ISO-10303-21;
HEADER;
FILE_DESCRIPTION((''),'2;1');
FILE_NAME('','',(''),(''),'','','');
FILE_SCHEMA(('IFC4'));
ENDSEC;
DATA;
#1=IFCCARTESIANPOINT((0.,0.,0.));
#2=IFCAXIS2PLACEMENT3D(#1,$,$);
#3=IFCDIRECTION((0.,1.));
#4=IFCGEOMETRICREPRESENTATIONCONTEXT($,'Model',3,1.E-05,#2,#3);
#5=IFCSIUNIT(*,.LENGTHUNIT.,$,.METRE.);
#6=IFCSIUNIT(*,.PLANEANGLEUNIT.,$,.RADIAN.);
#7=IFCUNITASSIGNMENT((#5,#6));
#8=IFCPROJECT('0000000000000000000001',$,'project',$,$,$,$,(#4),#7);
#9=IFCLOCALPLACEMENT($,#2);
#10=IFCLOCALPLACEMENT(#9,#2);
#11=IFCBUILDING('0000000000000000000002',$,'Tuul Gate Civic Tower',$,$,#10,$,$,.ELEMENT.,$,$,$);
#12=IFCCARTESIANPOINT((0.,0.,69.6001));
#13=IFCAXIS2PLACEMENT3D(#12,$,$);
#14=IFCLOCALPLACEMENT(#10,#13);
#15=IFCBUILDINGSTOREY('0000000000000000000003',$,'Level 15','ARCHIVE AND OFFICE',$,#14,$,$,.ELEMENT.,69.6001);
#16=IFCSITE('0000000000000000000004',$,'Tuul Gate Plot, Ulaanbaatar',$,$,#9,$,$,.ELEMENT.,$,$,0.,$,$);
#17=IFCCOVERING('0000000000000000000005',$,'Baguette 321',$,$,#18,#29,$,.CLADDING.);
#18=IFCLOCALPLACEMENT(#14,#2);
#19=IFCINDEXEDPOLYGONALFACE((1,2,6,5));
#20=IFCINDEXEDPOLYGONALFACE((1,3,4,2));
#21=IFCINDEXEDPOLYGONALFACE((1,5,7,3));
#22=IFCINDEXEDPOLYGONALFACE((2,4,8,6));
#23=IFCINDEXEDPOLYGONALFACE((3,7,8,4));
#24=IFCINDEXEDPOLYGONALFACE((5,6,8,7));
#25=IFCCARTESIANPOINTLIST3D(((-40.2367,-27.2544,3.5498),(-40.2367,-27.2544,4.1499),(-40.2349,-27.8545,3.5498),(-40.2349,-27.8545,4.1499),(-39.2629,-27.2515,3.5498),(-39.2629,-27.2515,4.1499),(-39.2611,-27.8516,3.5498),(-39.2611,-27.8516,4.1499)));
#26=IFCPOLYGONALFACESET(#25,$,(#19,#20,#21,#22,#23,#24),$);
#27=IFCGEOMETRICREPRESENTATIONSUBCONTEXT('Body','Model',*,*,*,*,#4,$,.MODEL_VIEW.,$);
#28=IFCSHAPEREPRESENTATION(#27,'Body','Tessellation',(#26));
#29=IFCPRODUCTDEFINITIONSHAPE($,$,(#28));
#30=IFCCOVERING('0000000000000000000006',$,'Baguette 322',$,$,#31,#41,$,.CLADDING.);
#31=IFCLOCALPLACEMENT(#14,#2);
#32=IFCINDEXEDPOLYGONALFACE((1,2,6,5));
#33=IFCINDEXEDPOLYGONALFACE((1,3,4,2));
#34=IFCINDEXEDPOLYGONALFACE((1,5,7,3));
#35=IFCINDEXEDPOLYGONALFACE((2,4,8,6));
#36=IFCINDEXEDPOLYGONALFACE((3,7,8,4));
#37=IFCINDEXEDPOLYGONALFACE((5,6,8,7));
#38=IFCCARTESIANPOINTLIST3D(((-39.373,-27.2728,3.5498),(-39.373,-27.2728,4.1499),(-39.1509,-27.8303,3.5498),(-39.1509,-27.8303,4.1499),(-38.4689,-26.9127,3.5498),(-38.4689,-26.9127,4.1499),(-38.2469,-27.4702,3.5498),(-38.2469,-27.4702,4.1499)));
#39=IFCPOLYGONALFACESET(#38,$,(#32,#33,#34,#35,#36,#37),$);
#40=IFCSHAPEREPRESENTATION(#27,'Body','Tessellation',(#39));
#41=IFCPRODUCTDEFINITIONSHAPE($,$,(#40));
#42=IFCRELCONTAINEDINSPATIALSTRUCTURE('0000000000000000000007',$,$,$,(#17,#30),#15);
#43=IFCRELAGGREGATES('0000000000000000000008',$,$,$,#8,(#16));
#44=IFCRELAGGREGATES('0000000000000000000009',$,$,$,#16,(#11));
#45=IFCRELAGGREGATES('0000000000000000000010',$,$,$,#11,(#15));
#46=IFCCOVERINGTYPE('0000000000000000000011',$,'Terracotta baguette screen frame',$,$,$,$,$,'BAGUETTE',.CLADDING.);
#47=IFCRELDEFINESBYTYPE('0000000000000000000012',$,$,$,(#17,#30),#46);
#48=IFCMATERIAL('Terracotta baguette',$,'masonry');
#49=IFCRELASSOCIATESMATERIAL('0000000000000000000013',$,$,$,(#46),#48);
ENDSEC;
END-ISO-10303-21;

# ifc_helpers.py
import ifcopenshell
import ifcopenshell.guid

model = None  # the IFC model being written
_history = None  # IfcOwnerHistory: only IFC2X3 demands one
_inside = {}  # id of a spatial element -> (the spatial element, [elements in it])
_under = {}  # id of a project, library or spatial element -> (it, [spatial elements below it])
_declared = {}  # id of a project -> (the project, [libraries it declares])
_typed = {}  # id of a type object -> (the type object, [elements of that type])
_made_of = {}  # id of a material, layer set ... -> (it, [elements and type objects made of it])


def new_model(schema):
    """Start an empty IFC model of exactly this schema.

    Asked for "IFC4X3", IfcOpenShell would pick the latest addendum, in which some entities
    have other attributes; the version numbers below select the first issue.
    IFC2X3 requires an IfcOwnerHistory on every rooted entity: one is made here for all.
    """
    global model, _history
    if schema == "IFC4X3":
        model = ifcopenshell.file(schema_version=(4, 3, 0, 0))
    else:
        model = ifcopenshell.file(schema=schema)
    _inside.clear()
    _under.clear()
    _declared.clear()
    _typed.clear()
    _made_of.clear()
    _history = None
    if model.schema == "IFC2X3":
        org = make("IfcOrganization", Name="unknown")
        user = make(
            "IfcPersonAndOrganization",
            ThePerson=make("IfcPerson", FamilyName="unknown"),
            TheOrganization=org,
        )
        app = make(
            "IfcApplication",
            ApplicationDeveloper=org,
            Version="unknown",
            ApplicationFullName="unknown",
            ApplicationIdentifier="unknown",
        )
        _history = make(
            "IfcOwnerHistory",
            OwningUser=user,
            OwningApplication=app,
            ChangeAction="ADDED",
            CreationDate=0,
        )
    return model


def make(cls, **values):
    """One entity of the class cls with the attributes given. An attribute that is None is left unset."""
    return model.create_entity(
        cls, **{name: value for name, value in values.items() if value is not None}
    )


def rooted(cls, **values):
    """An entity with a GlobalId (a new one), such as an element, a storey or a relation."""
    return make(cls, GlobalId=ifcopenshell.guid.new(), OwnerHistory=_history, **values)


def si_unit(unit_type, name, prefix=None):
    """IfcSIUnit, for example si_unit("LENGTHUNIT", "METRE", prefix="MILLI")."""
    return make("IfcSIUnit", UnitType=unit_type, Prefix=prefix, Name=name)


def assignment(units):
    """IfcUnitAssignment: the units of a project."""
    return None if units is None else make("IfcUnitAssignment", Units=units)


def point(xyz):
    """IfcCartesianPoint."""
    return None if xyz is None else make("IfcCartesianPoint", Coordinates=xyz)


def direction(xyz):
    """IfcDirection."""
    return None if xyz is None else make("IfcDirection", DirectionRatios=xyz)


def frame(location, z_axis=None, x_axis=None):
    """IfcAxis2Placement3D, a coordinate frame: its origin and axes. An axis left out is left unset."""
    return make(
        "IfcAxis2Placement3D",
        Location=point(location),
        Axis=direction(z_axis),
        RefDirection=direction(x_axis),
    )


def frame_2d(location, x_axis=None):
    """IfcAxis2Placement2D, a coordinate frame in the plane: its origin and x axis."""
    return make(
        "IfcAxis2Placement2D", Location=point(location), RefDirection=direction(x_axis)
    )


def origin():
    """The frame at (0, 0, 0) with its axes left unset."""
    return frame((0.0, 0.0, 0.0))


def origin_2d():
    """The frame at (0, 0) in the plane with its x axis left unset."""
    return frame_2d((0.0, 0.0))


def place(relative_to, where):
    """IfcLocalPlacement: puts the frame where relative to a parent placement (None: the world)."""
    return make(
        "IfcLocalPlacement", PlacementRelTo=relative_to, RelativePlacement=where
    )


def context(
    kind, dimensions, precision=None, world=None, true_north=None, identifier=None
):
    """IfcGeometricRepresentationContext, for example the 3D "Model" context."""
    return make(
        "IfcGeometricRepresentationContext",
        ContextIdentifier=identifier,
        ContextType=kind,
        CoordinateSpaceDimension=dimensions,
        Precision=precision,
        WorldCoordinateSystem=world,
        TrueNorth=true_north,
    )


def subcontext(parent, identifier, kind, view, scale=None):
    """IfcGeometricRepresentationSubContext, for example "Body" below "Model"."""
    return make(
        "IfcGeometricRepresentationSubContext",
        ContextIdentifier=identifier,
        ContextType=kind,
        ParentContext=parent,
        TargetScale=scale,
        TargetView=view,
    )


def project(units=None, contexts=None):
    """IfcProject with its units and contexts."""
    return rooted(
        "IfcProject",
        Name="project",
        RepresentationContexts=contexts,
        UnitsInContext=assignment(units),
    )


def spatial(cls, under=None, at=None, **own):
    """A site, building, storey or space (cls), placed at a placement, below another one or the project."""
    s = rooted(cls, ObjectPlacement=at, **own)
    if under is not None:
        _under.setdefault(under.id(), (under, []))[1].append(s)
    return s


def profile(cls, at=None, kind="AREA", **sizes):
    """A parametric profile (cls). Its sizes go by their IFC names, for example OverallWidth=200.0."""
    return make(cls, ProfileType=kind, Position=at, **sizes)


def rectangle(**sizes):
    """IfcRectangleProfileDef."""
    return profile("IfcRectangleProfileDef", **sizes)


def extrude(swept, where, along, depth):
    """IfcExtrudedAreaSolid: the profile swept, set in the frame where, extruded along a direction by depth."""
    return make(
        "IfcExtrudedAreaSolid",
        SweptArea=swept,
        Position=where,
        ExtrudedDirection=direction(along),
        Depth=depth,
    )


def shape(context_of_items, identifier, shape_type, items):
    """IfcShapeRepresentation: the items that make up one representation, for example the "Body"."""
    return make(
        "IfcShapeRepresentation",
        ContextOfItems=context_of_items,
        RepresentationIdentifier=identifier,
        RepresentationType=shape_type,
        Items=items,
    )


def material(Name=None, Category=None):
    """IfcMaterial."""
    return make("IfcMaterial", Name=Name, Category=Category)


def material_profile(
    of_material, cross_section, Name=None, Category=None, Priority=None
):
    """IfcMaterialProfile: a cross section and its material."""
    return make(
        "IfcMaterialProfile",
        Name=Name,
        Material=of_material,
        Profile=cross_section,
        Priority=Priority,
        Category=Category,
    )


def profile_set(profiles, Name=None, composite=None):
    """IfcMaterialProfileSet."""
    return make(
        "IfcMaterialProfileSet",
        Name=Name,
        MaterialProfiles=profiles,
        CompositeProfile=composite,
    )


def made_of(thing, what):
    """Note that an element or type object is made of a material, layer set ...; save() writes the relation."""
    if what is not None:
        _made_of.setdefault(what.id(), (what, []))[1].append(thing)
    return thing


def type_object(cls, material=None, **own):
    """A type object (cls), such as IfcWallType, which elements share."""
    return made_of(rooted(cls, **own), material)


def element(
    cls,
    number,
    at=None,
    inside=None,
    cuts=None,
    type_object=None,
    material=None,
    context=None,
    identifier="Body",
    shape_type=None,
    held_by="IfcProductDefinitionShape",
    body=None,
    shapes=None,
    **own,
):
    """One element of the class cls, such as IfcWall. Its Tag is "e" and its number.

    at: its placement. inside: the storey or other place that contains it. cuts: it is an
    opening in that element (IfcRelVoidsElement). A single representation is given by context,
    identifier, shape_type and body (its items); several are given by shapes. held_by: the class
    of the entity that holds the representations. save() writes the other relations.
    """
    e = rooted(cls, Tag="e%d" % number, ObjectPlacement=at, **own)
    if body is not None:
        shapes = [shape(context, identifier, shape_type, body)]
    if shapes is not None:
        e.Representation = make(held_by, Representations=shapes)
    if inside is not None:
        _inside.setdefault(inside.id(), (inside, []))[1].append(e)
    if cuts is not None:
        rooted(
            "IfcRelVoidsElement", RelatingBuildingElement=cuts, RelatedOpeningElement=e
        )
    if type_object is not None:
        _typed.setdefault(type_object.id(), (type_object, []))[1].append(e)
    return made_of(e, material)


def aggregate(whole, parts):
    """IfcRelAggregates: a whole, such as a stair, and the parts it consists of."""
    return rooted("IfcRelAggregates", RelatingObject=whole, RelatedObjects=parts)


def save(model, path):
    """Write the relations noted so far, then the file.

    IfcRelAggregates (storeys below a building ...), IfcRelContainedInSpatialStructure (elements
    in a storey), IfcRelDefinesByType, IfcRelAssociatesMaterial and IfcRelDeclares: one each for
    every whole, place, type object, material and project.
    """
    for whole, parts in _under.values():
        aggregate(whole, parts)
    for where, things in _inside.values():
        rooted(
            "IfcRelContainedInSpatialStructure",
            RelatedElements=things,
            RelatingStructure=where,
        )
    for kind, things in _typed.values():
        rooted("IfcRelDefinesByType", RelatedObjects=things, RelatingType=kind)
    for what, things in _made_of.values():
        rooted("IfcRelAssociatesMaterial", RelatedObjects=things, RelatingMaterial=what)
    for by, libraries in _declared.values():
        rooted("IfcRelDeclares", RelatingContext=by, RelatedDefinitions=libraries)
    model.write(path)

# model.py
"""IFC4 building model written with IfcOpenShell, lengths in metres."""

from ifc_helpers import new_model, si_unit, direction, frame, origin, origin_2d, place, context, subcontext, project, spatial, rectangle, extrude, material, material_profile, profile_set, type_object, element, save


model = new_model("IFC4")

# Units and contexts
model_context = context("Model", 3, precision=1e-05, world=origin(), true_north=direction((0.0, 1.0)))
body_context = subcontext(model_context, "Body", "Model", "MODEL_VIEW")
ifc_project = project(units=[si_unit("LENGTHUNIT", "METRE"), si_unit("PLANEANGLEUNIT", "RADIAN")], contexts=[model_context])

# Site, building, storey
site_placement = place(None, origin())
site = spatial("IfcSite", under=ifc_project, at=site_placement, Name="Tuul Gate Plot, Ulaanbaatar", CompositionType="ELEMENT", RefElevation=0.0)
building_placement = place(site_placement, origin())
building = spatial("IfcBuilding", under=site, at=building_placement, Name="Tuul Gate Civic Tower", CompositionType="ELEMENT")
storey_placement = place(building_placement, frame((0.0, 0.0, 69.6001)))
storey = spatial("IfcBuildingStorey", under=building, at=storey_placement, Name="Level 15", Description="ARCHIVE AND OFFICE", CompositionType="ELEMENT", Elevation=69.6001)

# Coverings
ifc_material_1 = material(Name="Terracotta baguette", Category="masonry")
ifc_material_profile_1 = material_profile(ifc_material_1, rectangle(XDim=0.6001, YDim=0.6001, at=origin_2d()), Name="Terracotta baguette screen frame")
ifc_profile_set_1 = profile_set([ifc_material_profile_1], Name="Terracotta baguette")
covering_type = type_object("IfcCoveringType", Name="Terracotta baguette screen frame", ElementType="BAGUETTE", PredefinedType="CLADDING", material=ifc_profile_set_1)
covering_1_placement = place(storey_placement, frame((-40.2358, -27.5544, 3.8499), z_axis=(0.999995, 0.003008, 0.0), x_axis=(-0.003008, 0.999995, 0.0)))
element("IfcCovering", 1, at=covering_1_placement, inside=storey, type_object=covering_type, Name="Baguette 321", PredefinedType="CLADDING", context=body_context, shape_type="SweptSolid", body=[
    extrude(rectangle(XDim=0.6001, YDim=0.6001, at=origin_2d()), origin(), (0.0, 0.0, 1.0), 0.9739),
])
covering_2_placement = place(storey_placement, frame((-39.262, -27.5515, 3.8499), z_axis=(0.929012, 0.370049, 0.0), x_axis=(-0.370049, 0.929012, 0.0)))
element("IfcCovering", 2, at=covering_2_placement, inside=storey, type_object=covering_type, Name="Baguette 322", PredefinedType="CLADDING", context=body_context, shape_type="SweptSolid", body=[
    extrude(rectangle(XDim=0.6001, YDim=0.6001, at=origin_2d()), origin(), (0.0, 0.0, 1.0), 0.9731),
])

save(model, "model.ifc")
